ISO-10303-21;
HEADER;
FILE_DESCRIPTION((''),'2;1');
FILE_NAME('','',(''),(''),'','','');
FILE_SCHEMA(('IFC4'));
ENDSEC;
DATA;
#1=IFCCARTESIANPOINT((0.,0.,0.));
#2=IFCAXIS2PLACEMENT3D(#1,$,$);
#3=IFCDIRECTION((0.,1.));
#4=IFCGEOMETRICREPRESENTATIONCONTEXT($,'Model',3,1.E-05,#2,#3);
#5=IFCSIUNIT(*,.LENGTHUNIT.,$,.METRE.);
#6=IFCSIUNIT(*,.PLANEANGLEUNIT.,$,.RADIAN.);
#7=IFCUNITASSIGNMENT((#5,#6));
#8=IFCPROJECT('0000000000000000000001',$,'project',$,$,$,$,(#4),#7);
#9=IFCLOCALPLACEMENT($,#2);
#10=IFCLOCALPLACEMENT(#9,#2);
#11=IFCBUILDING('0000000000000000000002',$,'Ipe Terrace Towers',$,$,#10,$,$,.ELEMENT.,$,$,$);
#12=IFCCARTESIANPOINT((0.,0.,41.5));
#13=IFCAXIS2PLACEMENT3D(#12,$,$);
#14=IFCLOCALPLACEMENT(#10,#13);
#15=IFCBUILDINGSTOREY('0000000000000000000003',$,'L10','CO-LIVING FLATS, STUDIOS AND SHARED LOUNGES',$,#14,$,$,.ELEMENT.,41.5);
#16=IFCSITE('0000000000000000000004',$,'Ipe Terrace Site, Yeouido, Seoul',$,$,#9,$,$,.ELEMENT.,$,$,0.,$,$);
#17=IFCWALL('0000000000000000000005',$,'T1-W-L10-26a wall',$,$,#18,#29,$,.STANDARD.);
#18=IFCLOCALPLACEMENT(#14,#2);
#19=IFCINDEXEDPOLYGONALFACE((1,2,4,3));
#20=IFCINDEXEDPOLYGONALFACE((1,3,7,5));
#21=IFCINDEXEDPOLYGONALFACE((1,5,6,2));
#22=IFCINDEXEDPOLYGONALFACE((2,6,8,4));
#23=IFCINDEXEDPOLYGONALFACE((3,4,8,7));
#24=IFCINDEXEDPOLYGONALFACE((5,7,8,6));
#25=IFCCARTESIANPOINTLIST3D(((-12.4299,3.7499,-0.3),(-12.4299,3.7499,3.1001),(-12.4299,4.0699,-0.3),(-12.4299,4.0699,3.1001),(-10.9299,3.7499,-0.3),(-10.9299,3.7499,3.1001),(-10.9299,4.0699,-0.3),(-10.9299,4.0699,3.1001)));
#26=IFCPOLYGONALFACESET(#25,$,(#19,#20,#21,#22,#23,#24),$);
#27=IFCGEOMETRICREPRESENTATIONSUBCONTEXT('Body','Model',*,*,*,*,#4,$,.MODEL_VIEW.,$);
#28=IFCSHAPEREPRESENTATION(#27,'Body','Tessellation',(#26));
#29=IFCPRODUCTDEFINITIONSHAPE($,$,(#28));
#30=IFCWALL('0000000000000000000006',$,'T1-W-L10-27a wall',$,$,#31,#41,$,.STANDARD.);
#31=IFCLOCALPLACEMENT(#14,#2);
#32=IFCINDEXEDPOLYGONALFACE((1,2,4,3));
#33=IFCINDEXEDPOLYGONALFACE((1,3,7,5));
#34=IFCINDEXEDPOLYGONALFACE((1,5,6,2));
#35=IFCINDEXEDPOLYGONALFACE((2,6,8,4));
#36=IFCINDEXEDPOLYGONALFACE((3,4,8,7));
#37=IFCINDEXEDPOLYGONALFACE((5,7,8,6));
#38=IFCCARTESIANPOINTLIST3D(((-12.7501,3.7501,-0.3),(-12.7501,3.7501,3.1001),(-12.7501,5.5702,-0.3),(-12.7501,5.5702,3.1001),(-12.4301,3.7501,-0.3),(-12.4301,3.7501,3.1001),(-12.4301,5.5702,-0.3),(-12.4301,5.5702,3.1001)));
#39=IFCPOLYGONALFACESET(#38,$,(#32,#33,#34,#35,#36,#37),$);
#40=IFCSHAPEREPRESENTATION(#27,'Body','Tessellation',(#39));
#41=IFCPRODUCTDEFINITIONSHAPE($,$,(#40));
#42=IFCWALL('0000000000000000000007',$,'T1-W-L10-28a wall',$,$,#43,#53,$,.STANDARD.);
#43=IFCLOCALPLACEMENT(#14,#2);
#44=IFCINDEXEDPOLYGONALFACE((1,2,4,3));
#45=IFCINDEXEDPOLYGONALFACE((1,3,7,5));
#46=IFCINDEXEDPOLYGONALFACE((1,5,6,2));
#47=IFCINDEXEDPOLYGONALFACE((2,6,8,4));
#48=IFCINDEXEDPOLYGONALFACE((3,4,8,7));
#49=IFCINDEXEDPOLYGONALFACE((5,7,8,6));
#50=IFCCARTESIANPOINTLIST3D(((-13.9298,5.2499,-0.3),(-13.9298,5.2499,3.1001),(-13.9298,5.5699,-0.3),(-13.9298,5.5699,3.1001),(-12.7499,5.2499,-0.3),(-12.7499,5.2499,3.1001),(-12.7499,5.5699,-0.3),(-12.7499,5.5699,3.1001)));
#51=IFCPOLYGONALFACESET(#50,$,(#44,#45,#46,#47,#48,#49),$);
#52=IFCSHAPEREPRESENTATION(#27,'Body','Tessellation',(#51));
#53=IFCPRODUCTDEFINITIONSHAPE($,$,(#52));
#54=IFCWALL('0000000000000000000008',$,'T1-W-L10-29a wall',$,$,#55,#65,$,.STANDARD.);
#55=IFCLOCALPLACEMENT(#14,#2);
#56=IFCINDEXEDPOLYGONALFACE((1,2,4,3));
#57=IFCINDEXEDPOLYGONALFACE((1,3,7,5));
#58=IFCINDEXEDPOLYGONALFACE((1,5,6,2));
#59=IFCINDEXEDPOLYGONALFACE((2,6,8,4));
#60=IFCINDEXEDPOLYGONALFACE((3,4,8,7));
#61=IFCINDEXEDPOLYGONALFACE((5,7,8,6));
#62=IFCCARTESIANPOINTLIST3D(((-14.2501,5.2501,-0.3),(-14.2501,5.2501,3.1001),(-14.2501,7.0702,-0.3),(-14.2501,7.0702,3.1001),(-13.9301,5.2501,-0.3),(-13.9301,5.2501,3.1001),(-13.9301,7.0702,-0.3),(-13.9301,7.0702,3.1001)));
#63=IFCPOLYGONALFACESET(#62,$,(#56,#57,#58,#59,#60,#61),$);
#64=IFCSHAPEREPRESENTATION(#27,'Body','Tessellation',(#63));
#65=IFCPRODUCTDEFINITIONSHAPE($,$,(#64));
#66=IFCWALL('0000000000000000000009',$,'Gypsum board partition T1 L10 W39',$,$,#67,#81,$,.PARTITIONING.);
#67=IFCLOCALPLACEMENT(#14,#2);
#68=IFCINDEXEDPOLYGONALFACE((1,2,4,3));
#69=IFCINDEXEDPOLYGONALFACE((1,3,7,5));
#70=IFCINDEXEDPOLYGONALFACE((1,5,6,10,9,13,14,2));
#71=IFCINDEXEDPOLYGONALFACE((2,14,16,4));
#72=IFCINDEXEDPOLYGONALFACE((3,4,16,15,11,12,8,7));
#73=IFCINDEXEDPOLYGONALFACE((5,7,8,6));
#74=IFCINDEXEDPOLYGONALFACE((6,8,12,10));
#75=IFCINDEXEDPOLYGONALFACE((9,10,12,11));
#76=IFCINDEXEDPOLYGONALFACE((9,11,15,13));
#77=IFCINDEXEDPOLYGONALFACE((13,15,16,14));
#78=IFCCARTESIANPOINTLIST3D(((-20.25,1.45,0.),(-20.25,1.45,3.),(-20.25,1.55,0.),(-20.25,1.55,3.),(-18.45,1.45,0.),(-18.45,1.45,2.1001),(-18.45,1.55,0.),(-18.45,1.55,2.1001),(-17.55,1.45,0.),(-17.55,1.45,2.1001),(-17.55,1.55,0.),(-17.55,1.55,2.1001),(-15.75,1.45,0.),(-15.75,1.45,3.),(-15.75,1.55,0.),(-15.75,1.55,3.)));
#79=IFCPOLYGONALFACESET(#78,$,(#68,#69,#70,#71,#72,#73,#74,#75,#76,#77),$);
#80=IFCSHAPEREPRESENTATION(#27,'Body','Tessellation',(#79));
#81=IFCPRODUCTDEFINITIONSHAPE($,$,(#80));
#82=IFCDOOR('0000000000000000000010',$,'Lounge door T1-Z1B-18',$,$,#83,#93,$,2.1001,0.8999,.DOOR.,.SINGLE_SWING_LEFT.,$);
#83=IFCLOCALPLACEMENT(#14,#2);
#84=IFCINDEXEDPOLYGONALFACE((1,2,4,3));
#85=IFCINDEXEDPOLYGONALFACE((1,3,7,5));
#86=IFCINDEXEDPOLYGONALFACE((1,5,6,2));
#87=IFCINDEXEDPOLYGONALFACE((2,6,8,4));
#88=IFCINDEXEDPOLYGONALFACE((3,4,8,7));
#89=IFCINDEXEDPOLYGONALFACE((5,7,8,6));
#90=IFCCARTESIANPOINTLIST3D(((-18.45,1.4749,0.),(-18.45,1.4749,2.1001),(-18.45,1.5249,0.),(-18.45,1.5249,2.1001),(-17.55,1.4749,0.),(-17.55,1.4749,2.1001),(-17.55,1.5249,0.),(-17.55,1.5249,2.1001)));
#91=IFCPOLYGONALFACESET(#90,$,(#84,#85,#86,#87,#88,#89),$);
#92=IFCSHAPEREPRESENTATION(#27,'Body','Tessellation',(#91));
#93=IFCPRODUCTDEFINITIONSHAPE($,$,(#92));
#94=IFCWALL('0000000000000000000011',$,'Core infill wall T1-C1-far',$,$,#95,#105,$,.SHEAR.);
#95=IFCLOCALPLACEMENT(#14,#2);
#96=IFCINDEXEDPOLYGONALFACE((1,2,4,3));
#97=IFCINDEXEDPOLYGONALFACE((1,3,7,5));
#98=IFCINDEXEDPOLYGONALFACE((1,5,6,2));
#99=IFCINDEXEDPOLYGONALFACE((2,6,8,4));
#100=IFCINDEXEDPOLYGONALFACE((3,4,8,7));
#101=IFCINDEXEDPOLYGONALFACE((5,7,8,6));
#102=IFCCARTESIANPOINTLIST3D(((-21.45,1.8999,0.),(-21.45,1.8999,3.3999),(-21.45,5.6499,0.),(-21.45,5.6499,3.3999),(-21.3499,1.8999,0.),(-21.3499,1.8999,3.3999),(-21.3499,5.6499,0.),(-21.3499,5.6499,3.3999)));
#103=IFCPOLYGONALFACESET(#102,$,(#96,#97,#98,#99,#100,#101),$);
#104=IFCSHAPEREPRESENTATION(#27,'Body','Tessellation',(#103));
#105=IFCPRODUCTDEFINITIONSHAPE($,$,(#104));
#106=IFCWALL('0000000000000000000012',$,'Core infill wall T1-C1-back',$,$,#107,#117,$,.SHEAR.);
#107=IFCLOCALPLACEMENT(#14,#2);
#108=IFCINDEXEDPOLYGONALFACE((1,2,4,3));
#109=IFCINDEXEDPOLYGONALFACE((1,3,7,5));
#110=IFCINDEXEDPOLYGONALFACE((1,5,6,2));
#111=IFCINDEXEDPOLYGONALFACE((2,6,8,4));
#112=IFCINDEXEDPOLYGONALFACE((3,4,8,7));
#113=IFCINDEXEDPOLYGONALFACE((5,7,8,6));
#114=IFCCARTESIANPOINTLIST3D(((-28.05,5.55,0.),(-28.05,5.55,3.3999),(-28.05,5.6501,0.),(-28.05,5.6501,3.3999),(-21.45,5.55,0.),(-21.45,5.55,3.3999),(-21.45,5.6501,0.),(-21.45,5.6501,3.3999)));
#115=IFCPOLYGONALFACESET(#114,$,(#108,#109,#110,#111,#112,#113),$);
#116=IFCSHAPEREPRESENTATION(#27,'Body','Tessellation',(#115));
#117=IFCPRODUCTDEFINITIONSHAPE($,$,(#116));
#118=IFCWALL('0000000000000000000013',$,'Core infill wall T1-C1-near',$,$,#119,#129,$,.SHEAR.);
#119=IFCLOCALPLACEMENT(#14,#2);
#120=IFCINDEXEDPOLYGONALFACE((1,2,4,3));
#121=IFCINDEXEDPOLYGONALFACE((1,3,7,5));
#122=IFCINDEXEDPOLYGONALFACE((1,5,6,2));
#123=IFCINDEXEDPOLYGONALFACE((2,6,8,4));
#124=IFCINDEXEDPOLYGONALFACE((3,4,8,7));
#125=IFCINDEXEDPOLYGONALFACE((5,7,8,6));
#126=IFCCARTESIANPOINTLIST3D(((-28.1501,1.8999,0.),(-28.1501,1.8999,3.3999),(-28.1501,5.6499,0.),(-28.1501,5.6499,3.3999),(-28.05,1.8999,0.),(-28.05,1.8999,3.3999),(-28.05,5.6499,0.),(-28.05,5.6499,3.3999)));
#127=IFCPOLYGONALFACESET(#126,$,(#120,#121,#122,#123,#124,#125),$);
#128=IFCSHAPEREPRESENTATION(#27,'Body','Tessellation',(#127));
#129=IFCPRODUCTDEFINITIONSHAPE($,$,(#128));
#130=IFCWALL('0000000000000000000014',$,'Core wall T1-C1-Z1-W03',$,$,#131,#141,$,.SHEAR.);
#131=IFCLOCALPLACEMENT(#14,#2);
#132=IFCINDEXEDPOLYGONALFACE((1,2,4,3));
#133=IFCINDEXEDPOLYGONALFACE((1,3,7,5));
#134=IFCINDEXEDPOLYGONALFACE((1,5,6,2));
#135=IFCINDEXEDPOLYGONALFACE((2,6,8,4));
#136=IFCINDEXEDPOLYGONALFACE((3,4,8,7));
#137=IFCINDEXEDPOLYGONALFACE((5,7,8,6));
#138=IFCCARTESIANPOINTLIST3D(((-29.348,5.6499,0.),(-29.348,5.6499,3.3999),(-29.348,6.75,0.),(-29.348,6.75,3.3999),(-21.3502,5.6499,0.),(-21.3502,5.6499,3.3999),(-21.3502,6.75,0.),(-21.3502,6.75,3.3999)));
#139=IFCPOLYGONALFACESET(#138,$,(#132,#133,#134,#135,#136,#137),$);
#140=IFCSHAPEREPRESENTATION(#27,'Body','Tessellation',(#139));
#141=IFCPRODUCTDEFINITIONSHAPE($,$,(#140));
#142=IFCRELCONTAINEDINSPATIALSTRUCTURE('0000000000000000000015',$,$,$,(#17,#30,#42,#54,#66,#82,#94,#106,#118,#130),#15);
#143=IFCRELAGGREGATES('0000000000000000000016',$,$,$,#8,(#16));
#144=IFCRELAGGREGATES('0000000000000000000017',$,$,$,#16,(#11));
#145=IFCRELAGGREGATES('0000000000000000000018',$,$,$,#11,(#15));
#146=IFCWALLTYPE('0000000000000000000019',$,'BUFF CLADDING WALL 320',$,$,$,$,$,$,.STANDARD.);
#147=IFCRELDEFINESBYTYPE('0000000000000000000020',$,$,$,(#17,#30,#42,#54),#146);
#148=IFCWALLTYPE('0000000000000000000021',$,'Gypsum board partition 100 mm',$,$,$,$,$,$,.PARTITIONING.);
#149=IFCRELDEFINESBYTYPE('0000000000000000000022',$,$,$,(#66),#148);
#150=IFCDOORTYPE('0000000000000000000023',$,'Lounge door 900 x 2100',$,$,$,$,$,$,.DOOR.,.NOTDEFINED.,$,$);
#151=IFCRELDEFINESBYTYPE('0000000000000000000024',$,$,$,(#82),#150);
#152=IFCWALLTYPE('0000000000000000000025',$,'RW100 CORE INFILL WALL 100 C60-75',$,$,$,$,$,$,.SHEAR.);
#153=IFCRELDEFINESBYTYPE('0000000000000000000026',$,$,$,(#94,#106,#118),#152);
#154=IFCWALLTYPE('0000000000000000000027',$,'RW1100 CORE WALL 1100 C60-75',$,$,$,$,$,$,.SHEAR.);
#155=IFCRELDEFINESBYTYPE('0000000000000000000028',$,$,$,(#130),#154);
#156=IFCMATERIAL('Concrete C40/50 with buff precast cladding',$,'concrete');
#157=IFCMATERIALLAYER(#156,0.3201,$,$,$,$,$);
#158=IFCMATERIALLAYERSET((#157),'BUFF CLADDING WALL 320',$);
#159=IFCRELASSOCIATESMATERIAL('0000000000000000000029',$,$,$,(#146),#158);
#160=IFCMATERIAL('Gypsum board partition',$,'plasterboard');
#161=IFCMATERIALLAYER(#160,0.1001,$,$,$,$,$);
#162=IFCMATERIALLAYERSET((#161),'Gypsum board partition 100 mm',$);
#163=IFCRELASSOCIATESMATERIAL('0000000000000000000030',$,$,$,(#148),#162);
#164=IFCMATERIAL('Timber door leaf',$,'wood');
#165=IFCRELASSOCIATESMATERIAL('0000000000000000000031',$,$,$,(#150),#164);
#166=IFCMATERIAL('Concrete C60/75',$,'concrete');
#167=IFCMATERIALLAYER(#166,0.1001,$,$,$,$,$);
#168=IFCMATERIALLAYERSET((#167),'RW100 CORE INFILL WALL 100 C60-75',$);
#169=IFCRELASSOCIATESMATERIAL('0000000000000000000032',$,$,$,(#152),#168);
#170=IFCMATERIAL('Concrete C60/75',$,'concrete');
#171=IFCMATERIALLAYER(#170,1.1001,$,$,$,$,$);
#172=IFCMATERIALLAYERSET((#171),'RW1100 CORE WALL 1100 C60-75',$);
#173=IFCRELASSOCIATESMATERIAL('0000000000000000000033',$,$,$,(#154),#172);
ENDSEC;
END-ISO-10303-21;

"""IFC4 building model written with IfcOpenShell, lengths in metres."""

from ifc_helpers import new_model, si_unit, direction, frame, frame_2d, origin, place, context, subcontext, project, spatial, rectangle, extrude, material, layer, layer_set, type_object, element, fill, save


model = new_model("IFC4")

# Units and contexts
model_context = context("Model", 3, precision=1e-05, world=origin(), true_north=direction((0.0, 1.0)))
body_context = subcontext(model_context, "Body", "Model", "MODEL_VIEW")
ifc_project = project(units=[si_unit("LENGTHUNIT", "METRE"), si_unit("PLANEANGLEUNIT", "RADIAN")], contexts=[model_context])

# Site, building, storey
site_placement = place(None, origin())
site = spatial("IfcSite", under=ifc_project, at=site_placement, Name="Ipe Terrace Site, Yeouido, Seoul", CompositionType="ELEMENT", RefElevation=0.0)
building_placement = place(site_placement, origin())
building = spatial("IfcBuilding", under=site, at=building_placement, Name="Ipe Terrace Towers", CompositionType="ELEMENT")
storey_placement = place(building_placement, frame((0.0, 0.0, 41.5)))
storey = spatial("IfcBuildingStorey", under=building, at=storey_placement, Name="L10", Description="CO-LIVING FLATS, STUDIOS AND SHARED LOUNGES", CompositionType="ELEMENT", Elevation=41.5)

# Walls
ifc_material_1 = material(Name="Concrete C40/50 with buff precast cladding", Category="concrete")
ifc_layer_1 = layer(ifc_material_1, 0.3201)
ifc_layer_set_1 = layer_set([ifc_layer_1], Name="BUFF CLADDING WALL 320")
wall_type_1 = type_object("IfcWallType", Name="BUFF CLADDING WALL 320", PredefinedType="STANDARD", material=ifc_layer_set_1)
wall_1_placement = place(storey_placement, frame((-10.9299, 3.9099, -0.3), z_axis=(0.0, 0.0, 1.0), x_axis=(-1.0, 0.0, 0.0)))
element("IfcWall", 1, at=wall_1_placement, inside=storey, type_object=wall_type_1, Name="T1-W-L10-26a wall", PredefinedType="STANDARD", context=body_context, shape_type="SweptSolid", body=[
    extrude(rectangle(XDim=1.5, YDim=0.3201, at=frame_2d((0.75, 0.0))), origin(), (0.0, 0.0, 1.0), 3.4001),
])
wall_2_placement = place(storey_placement, frame((-12.5901, 3.75, -0.3), z_axis=(0.0, 0.0, 1.0), x_axis=(0.0, 1.0, 0.0)))
element("IfcWall", 2, at=wall_2_placement, inside=storey, type_object=wall_type_1, Name="T1-W-L10-27a wall", PredefinedType="STANDARD", context=body_context, shape_type="SweptSolid", body=[
    extrude(rectangle(XDim=1.8201, YDim=0.3201, at=frame_2d((0.9102, 0.0))), origin(), (0.0, 0.0, 1.0), 3.4001),
])
wall_3_placement = place(storey_placement, frame((-12.75, 5.4099, -0.3), z_axis=(0.0, 0.0, 1.0), x_axis=(-1.0, 0.0, 0.0)))
element("IfcWall", 3, at=wall_3_placement, inside=storey, type_object=wall_type_1, Name="T1-W-L10-28a wall", PredefinedType="STANDARD", context=body_context, shape_type="SweptSolid", body=[
    extrude(rectangle(XDim=1.1799, YDim=0.3201, at=frame_2d((0.5898, 0.0))), origin(), (0.0, 0.0, 1.0), 3.4001),
])
wall_4_placement = place(storey_placement, frame((-14.0901, 5.25, -0.3), z_axis=(0.0, 0.0, 1.0), x_axis=(0.0, 1.0, 0.0)))
element("IfcWall", 4, at=wall_4_placement, inside=storey, type_object=wall_type_1, Name="T1-W-L10-29a wall", PredefinedType="STANDARD", context=body_context, shape_type="SweptSolid", body=[
    extrude(rectangle(XDim=1.8201, YDim=0.3201, at=frame_2d((0.9102, 0.0))), origin(), (0.0, 0.0, 1.0), 3.4001),
])

# Wall, opening, door
ifc_material_2 = material(Name="Gypsum board partition", Category="plasterboard")
ifc_layer_2 = layer(ifc_material_2, 0.1001)
ifc_layer_set_2 = layer_set([ifc_layer_2], Name="Gypsum board partition 100 mm")
wall_type_2 = type_object("IfcWallType", Name="Gypsum board partition 100 mm", PredefinedType="PARTITIONING", material=ifc_layer_set_2)
wall_5_placement = place(storey_placement, frame((-20.25, 1.5, 0.0), z_axis=(0.0, 0.0, 1.0), x_axis=(1.0, 0.0, 0.0)))
wall_5 = element("IfcWall", 5, at=wall_5_placement, inside=storey, type_object=wall_type_2, Name="Gypsum board partition T1 L10 W39", PredefinedType="PARTITIONING", context=body_context, shape_type="SweptSolid", body=[
    extrude(rectangle(XDim=4.5, YDim=0.1001, at=frame_2d((2.25, 0.0))), origin(), (0.0, 0.0, 1.0), 3.0),
])
opening_placement = place(wall_5_placement, frame((1.8, 0.0, 0.0)))
opening = element("IfcOpeningElement", 6, at=opening_placement, cuts=wall_5, PredefinedType="OPENING", context=body_context, shape_type="SweptSolid", body=[
    extrude(rectangle(XDim=0.8999, YDim=2.1001, at=frame_2d((0.45, 1.05))), frame((0.0, 0.0601, 0.0), z_axis=(0.0, -1.0, 0.0), x_axis=(1.0, 0.0, 0.0)), (0.0, 0.0, 1.0), 0.1201),
])
ifc_material_3 = material(Name="Timber door leaf", Category="wood")
door_type = type_object("IfcDoorType", Name="Lounge door 900 x 2100", OperationType="NOTDEFINED", PredefinedType="DOOR", material=ifc_material_3)
door_placement = place(opening_placement, origin())
door = element("IfcDoor", 7, at=door_placement, inside=storey, type_object=door_type, Name="Lounge door T1-Z1B-18", OperationType="SINGLE_SWING_LEFT", OverallHeight=2.1001, OverallWidth=0.8999, PredefinedType="DOOR", context=body_context, shape_type="SweptSolid", body=[
    extrude(rectangle(XDim=0.8999, YDim=2.1001, at=frame_2d((0.45, 1.05))), frame((0.0, 0.0249, 0.0), z_axis=(0.0, -1.0, 0.0), x_axis=(1.0, 0.0, 0.0)), (0.0, 0.0, 1.0), 0.05),
])
fill(opening, door)

# Walls
ifc_material_4 = material(Name="Concrete C60/75", Category="concrete")
ifc_layer_3 = layer(ifc_material_4, 0.1001)
ifc_layer_set_3 = layer_set([ifc_layer_3], Name="RW100 CORE INFILL WALL 100 C60-75")
wall_type_3 = type_object("IfcWallType", Name="RW100 CORE INFILL WALL 100 C60-75", PredefinedType="SHEAR", material=ifc_layer_set_3)
wall_6_placement = place(storey_placement, frame((-21.3999, 1.8999, 0.0), z_axis=(0.0, 0.0, 1.0), x_axis=(0.0, 1.0, 0.0)))
element("IfcWall", 8, at=wall_6_placement, inside=storey, type_object=wall_type_3, Name="Core infill wall T1-C1-far", PredefinedType="SHEAR", context=body_context, shape_type="SweptSolid", body=[
    extrude(rectangle(XDim=3.75, YDim=0.1001, at=frame_2d((1.875, 0.0))), origin(), (0.0, 0.0, 1.0), 3.3999),
])
wall_7_placement = place(storey_placement, frame((-28.05, 5.6001, 0.0), z_axis=(0.0, 0.0, 1.0), x_axis=(1.0, 0.0, 0.0)))
element("IfcWall", 9, at=wall_7_placement, inside=storey, type_object=wall_type_3, Name="Core infill wall T1-C1-back", PredefinedType="SHEAR", context=body_context, shape_type="SweptSolid", body=[
    extrude(rectangle(XDim=6.6001, YDim=0.1001, at=frame_2d((3.3, 0.0))), origin(), (0.0, 0.0, 1.0), 3.3999),
])
wall_8_placement = place(storey_placement, frame((-28.1001, 1.8999, 0.0), z_axis=(0.0, 0.0, 1.0), x_axis=(0.0, 1.0, 0.0)))
element("IfcWall", 10, at=wall_8_placement, inside=storey, type_object=wall_type_3, Name="Core infill wall T1-C1-near", PredefinedType="SHEAR", context=body_context, shape_type="SweptSolid", body=[
    extrude(rectangle(XDim=3.75, YDim=0.1001, at=frame_2d((1.875, 0.0))), origin(), (0.0, 0.0, 1.0), 3.3999),
])
ifc_material_5 = material(Name="Concrete C60/75", Category="concrete")
ifc_layer_4 = layer(ifc_material_5, 1.1001)
ifc_layer_set_4 = layer_set([ifc_layer_4], Name="RW1100 CORE WALL 1100 C60-75")
wall_type_4 = type_object("IfcWallType", Name="RW1100 CORE WALL 1100 C60-75", PredefinedType="SHEAR", material=ifc_layer_set_4)
wall_9_placement = place(storey_placement, frame((-21.3501, 6.2, 0.0), z_axis=(0.0, 0.0, 1.0), x_axis=(-1.0, 0.0, 0.0)))
element("IfcWall", 11, at=wall_9_placement, inside=storey, type_object=wall_type_4, Name="Core wall T1-C1-Z1-W03", PredefinedType="SHEAR", context=body_context, shape_type="SweptSolid", body=[
    extrude(rectangle(XDim=7.9978, YDim=1.1001, at=frame_2d((3.999, 0.0))), origin(), (0.0, 0.0, 1.0), 3.3999),
])

save(model, "model.ifc")
